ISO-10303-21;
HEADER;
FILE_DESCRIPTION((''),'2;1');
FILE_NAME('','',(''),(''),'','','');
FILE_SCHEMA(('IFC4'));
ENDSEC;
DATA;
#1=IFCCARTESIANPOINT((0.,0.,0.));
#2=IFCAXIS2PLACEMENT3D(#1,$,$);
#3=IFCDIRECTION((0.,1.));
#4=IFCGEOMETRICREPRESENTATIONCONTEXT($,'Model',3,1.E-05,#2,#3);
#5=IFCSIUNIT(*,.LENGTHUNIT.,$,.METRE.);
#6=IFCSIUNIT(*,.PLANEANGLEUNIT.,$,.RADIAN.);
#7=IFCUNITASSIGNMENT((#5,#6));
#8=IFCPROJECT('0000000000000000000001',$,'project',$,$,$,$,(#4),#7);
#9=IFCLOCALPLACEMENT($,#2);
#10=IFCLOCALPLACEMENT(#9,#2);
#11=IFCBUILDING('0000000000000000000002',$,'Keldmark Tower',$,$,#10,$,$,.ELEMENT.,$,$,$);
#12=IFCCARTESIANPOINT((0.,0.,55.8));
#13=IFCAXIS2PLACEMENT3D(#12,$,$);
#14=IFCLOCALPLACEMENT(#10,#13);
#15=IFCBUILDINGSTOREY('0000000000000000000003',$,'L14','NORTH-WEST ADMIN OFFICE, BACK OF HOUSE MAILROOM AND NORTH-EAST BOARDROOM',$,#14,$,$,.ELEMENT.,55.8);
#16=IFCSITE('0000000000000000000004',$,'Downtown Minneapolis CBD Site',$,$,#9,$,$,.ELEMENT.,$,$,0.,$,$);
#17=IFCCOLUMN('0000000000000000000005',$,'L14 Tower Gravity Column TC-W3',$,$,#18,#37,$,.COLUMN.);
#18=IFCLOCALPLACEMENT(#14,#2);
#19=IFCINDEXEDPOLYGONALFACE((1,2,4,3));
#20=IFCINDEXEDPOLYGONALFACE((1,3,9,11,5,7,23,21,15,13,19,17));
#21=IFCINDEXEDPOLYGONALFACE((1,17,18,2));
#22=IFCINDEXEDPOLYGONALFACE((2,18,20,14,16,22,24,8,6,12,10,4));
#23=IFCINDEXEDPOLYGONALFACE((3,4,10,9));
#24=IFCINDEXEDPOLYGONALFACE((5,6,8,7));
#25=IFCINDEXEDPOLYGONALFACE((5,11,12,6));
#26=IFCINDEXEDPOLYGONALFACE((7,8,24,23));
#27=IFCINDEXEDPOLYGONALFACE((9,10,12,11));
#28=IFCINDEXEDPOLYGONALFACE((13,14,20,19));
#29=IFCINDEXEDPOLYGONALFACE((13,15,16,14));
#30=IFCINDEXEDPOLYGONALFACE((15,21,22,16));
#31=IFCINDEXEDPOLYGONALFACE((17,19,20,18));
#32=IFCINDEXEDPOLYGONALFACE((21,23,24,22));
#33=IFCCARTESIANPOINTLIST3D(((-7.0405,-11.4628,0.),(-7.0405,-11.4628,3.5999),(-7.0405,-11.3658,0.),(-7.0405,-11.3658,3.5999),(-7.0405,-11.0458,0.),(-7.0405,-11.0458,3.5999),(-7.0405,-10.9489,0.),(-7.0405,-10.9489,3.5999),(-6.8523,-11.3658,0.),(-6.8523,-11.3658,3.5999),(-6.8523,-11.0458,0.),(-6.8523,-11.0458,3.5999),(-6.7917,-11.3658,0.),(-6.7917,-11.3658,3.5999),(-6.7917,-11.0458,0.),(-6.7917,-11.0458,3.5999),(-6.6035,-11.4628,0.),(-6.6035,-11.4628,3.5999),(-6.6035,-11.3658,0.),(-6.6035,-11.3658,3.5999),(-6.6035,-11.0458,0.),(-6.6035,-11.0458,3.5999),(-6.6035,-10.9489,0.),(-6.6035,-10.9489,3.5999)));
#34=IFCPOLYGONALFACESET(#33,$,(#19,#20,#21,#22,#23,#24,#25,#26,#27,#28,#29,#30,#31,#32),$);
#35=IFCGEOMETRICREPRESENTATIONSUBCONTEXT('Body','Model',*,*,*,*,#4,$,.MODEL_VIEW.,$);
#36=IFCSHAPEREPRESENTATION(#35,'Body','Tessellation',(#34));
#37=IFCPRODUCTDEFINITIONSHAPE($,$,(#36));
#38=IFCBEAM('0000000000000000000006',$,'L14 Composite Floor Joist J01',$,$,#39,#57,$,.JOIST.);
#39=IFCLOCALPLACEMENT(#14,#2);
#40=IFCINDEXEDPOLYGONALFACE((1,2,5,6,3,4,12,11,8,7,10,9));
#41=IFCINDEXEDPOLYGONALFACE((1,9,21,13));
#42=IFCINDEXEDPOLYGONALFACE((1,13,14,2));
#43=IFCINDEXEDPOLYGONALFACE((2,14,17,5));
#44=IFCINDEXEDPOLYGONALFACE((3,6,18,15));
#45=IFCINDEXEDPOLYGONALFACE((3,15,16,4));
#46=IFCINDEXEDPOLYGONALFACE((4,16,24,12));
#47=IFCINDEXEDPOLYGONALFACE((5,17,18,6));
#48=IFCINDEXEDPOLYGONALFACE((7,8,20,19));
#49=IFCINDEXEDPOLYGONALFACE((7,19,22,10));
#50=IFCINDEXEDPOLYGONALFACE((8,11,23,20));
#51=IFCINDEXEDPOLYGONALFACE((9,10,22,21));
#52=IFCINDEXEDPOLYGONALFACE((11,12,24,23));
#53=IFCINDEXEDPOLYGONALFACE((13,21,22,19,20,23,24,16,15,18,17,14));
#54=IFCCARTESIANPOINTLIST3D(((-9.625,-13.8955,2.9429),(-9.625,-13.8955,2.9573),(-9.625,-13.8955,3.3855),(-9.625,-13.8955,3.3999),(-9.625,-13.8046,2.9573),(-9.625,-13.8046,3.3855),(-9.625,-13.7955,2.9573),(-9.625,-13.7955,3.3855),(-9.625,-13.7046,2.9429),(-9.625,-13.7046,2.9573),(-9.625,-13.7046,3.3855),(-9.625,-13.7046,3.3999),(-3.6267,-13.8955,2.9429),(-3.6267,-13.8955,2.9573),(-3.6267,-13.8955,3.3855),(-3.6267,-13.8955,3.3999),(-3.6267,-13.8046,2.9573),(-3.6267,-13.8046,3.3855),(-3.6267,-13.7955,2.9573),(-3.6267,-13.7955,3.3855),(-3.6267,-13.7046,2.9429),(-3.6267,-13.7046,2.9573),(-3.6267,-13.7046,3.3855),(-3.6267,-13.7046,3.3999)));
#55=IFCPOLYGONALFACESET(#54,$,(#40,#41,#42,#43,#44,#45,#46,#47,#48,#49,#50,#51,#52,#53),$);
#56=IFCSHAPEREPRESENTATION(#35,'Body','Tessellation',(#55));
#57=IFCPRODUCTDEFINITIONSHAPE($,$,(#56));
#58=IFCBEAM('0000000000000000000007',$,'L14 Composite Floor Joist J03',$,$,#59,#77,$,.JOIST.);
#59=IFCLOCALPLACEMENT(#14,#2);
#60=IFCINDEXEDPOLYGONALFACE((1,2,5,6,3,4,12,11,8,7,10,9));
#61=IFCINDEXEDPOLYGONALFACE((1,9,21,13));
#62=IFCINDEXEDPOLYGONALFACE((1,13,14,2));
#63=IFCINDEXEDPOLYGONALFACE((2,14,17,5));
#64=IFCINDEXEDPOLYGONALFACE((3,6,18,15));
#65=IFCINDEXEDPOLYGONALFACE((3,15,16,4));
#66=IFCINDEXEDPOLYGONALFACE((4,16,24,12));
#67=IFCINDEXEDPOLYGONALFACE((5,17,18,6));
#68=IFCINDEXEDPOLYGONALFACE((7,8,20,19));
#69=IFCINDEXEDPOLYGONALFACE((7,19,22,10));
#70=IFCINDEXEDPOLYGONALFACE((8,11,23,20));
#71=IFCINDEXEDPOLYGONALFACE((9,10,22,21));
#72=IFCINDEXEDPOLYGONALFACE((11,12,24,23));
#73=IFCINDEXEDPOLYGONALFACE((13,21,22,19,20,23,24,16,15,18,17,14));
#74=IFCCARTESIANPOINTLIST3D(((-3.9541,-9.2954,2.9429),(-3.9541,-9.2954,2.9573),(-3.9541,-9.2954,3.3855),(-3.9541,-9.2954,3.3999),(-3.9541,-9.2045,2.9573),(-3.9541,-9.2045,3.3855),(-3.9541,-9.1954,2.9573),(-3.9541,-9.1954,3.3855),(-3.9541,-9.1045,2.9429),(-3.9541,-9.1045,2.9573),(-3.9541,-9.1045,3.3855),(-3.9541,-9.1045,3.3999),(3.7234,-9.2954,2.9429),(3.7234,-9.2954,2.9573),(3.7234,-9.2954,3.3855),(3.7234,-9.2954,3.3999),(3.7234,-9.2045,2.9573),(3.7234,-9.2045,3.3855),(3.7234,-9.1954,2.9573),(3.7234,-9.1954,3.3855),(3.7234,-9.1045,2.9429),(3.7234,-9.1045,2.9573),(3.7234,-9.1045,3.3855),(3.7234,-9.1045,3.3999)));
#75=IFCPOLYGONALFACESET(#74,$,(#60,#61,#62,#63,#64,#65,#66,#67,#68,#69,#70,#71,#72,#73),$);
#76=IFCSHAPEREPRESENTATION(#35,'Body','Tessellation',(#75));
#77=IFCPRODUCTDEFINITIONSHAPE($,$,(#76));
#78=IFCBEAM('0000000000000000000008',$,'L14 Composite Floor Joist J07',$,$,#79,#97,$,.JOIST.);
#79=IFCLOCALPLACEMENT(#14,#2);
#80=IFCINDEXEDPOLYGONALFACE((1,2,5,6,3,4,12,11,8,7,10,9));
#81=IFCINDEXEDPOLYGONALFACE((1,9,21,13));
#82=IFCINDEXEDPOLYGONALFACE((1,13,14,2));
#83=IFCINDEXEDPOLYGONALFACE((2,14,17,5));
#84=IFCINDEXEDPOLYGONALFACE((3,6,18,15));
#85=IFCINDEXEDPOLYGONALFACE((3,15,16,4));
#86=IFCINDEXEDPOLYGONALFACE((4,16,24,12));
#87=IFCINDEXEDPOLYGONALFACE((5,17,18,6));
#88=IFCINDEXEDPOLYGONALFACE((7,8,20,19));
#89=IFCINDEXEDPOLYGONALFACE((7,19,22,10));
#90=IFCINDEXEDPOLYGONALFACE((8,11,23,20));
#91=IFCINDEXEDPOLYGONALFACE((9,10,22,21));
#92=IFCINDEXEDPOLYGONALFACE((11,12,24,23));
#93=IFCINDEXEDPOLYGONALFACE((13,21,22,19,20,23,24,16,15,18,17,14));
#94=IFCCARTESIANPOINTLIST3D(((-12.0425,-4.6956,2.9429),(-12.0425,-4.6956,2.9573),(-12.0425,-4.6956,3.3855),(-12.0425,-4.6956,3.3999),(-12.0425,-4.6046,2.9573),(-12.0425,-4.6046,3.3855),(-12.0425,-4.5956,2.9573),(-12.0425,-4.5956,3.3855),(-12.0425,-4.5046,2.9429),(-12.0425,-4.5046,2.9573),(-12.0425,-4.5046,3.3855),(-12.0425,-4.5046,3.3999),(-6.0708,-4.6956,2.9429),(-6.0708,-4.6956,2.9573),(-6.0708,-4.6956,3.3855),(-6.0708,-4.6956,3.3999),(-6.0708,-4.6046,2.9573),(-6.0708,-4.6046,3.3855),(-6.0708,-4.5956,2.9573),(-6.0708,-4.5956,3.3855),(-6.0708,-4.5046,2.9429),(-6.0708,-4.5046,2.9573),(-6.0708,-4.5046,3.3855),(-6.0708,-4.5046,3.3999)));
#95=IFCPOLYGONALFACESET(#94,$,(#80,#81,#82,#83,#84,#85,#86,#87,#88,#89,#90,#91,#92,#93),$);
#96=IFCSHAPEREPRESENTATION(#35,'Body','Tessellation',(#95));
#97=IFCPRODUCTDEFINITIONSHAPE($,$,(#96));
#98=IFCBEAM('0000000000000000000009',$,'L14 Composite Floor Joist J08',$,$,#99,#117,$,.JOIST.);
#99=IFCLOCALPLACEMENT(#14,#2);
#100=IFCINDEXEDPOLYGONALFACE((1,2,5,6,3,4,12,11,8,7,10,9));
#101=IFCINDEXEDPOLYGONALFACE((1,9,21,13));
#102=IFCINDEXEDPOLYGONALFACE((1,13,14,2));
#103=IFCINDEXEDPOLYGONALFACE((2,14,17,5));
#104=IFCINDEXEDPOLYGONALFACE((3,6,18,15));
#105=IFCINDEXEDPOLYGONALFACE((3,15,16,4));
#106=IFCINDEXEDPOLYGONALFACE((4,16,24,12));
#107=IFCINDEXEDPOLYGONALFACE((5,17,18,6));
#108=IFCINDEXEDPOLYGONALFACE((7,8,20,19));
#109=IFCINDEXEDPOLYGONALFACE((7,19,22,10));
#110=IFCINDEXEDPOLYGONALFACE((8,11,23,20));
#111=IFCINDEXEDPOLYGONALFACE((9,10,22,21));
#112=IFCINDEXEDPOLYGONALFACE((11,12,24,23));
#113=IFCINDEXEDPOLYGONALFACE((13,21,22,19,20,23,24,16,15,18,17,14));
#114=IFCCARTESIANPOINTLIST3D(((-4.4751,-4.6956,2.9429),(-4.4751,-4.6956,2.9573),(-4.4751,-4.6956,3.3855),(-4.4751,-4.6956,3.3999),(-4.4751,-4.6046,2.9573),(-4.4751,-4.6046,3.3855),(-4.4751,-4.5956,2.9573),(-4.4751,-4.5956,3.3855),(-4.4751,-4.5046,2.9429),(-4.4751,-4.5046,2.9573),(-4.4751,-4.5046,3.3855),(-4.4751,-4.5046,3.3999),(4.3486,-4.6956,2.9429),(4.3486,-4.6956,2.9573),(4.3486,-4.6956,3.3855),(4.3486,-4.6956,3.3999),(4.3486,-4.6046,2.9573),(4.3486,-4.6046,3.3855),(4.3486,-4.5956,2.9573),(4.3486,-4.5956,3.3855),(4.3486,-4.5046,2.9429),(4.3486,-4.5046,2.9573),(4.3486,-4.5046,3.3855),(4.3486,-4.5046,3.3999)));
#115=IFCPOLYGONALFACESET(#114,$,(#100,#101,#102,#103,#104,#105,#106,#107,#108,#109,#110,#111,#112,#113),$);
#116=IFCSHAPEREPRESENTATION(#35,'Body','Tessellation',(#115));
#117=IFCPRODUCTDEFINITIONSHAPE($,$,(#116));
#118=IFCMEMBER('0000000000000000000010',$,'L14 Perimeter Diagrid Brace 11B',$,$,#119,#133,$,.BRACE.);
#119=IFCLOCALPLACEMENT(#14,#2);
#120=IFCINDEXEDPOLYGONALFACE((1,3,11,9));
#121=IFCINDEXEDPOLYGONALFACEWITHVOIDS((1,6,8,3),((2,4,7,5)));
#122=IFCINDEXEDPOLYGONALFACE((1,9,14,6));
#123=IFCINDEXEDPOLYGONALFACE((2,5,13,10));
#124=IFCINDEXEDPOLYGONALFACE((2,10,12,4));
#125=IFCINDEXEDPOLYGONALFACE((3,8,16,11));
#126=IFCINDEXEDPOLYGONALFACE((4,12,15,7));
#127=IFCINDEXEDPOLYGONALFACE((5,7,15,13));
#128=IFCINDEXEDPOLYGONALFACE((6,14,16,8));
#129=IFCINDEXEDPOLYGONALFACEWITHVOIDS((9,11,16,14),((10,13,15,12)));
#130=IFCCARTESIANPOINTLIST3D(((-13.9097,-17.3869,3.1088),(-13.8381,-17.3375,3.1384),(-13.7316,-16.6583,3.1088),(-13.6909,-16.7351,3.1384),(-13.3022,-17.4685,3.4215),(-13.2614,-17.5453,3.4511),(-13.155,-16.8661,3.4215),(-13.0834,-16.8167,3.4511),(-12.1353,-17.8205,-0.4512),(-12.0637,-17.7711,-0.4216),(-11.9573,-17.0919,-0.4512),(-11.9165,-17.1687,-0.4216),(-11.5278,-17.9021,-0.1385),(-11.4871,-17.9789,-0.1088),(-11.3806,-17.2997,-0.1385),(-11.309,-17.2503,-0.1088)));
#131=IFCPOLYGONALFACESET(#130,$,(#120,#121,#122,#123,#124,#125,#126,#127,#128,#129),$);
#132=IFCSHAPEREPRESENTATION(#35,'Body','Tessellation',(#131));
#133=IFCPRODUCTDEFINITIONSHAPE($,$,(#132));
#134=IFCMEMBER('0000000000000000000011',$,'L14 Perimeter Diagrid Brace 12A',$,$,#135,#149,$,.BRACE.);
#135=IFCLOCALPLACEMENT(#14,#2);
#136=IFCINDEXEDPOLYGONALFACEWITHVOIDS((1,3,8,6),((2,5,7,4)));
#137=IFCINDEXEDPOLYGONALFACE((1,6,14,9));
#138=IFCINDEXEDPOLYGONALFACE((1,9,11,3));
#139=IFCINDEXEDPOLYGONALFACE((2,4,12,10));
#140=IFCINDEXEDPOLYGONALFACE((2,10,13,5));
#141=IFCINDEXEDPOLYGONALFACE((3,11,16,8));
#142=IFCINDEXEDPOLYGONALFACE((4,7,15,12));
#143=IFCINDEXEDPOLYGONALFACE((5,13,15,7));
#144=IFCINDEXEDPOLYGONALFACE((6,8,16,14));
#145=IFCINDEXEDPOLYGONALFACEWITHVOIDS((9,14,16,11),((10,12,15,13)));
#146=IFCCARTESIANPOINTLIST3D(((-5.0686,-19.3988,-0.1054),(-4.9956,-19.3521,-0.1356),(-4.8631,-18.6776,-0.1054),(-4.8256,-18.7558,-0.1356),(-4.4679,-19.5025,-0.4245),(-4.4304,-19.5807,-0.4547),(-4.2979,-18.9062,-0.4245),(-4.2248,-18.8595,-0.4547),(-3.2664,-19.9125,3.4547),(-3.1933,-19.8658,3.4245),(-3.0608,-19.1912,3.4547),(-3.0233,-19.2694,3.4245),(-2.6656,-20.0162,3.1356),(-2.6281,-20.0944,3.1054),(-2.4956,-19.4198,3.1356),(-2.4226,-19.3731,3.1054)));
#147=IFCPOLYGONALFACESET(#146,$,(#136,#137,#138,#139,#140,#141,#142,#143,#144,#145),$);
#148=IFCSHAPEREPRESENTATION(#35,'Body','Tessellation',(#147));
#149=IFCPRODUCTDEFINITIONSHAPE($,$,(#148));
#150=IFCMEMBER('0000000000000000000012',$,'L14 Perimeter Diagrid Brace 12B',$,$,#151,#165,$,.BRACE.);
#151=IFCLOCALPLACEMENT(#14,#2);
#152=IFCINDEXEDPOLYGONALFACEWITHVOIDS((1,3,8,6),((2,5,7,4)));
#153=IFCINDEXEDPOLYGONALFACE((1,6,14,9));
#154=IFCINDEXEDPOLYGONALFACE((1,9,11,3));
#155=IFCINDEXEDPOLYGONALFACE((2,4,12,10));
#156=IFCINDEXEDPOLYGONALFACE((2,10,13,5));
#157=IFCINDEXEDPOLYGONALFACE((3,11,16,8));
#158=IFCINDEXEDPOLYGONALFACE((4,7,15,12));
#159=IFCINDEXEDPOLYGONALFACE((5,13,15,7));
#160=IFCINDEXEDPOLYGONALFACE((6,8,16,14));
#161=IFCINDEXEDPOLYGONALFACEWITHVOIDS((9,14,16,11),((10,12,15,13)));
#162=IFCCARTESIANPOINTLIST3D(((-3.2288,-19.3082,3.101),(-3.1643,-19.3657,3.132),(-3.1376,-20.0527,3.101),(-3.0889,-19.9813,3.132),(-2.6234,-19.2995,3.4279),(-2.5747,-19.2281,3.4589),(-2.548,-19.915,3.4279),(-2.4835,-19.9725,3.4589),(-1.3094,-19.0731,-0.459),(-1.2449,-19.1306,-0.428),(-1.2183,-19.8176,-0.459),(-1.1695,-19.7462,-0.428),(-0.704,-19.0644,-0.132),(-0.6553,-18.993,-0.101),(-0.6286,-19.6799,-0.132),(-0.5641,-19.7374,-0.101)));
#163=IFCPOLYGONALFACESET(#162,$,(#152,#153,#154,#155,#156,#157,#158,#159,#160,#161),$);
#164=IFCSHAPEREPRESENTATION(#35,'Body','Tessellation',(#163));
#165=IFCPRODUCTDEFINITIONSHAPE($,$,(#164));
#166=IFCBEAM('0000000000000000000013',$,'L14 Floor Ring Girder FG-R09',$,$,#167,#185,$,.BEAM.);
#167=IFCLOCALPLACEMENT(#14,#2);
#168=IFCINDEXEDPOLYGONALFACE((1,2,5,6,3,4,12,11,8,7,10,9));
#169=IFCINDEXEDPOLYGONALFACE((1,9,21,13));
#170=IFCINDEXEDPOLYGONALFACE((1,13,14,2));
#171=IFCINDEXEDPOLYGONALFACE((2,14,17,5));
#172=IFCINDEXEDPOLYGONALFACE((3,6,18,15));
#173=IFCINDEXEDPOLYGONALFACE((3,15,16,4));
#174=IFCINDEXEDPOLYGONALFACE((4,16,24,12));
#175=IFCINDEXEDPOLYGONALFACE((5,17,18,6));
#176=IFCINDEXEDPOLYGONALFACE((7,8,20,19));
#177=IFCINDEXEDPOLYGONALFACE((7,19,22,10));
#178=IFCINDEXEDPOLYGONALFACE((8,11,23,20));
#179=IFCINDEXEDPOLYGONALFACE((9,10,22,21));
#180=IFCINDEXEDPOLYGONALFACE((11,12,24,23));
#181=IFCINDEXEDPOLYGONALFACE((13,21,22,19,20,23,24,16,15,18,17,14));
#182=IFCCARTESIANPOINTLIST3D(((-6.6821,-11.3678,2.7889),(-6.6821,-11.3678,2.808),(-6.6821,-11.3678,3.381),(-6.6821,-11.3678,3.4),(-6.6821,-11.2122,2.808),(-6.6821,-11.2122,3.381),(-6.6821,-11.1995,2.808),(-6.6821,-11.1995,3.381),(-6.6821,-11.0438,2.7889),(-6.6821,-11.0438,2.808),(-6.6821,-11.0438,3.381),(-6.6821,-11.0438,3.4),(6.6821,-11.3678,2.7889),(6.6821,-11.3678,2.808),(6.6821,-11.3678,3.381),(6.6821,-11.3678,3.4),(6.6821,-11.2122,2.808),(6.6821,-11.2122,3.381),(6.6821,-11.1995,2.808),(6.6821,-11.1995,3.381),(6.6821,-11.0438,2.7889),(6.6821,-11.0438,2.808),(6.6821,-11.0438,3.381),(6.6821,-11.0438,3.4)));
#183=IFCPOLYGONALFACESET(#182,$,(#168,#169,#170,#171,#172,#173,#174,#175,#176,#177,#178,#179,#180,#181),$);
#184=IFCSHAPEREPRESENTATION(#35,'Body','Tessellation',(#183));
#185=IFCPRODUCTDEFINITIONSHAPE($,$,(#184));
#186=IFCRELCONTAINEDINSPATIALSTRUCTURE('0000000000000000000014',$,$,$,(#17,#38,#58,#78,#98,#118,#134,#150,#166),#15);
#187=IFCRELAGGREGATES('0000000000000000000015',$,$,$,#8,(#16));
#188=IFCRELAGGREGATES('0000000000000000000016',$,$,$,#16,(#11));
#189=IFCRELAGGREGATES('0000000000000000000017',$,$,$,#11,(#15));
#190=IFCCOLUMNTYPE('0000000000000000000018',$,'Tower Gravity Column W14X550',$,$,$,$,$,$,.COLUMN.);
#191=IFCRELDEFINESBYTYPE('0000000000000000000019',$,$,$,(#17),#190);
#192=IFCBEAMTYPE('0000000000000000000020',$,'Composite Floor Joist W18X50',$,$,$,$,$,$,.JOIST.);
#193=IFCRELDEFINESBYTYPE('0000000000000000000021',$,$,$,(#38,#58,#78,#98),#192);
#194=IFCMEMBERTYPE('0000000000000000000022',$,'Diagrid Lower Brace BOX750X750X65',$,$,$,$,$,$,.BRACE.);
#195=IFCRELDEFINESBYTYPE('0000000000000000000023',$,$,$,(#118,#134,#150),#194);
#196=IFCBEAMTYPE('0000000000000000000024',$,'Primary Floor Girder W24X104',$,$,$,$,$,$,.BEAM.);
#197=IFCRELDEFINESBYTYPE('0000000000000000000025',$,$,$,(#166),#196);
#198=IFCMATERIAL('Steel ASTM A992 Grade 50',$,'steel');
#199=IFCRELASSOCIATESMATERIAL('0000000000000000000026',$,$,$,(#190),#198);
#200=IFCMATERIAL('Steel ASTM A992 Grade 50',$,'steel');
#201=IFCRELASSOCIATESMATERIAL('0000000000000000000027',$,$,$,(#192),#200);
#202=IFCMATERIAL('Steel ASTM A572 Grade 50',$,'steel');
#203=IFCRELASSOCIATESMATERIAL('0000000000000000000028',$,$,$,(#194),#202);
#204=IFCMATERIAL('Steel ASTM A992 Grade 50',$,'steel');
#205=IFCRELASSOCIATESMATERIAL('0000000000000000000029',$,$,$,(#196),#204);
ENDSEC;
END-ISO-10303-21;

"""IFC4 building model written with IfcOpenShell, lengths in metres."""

from ifc_helpers import new_model, si_unit, direction, frame, origin, origin_2d, place, context, subcontext, project, spatial, hollow_rectangle, i_section, extrude, material, material_profile, profile_set, type_object, element, save


model = new_model("IFC4")

# Units and contexts
model_context = context("Model", 3, precision=1e-05, world=origin(), true_north=direction((0.0, 1.0)))
body_context = subcontext(model_context, "Body", "Model", "MODEL_VIEW")
ifc_project = project(units=[si_unit("LENGTHUNIT", "METRE"), si_unit("PLANEANGLEUNIT", "RADIAN")], contexts=[model_context])

# Site, building, storey
site_placement = place(None, origin())
site = spatial("IfcSite", under=ifc_project, at=site_placement, Name="Downtown Minneapolis CBD Site", CompositionType="ELEMENT", RefElevation=0.0)
building_placement = place(site_placement, origin())
building = spatial("IfcBuilding", under=site, at=building_placement, Name="Keldmark Tower", CompositionType="ELEMENT")
storey_placement = place(building_placement, frame((0.0, 0.0, 55.8)))
storey = spatial("IfcBuildingStorey", under=building, at=storey_placement, Name="L14", Description="NORTH-WEST ADMIN OFFICE, BACK OF HOUSE MAILROOM AND NORTH-EAST BOARDROOM", CompositionType="ELEMENT", Elevation=55.8)

# Column
ifc_material_1 = material(Name="Steel ASTM A992 Grade 50", Category="steel")
ifc_material_profile_1 = material_profile(ifc_material_1, i_section(OverallWidth=0.437, OverallDepth=0.5139, WebThickness=0.0605, FlangeThickness=0.0969, at=origin_2d()), Name="W14X550")
ifc_profile_set_1 = profile_set([ifc_material_profile_1], Name="Steel ASTM A992 Grade 50")
column_type = type_object("IfcColumnType", Name="Tower Gravity Column W14X550", PredefinedType="COLUMN", material=ifc_profile_set_1)
column_placement = place(storey_placement, frame((-6.822, -11.2058, 0.0), z_axis=(0.0, 0.0, 1.0), x_axis=(1.0, 0.0, 0.0)))
element("IfcColumn", 1, at=column_placement, inside=storey, type_object=column_type, Name="L14 Tower Gravity Column TC-W3", PredefinedType="COLUMN", context=body_context, shape_type="SweptSolid", body=[
    extrude(i_section(OverallWidth=0.437, OverallDepth=0.5139, WebThickness=0.0605, FlangeThickness=0.0969, at=origin_2d()), origin(), (0.0, 0.0, 1.0), 3.5999),
])

# Beams
ifc_material_2 = material(Name="Steel ASTM A992 Grade 50", Category="steel")
ifc_material_profile_2 = material_profile(ifc_material_2, i_section(OverallWidth=0.1909, OverallDepth=0.457, WebThickness=0.009, FlangeThickness=0.0144, at=origin_2d()), Name="W18X50")
ifc_profile_set_2 = profile_set([ifc_material_profile_2], Name="Steel ASTM A992 Grade 50")
beam_type_1 = type_object("IfcBeamType", Name="Composite Floor Joist W18X50", PredefinedType="JOIST", material=ifc_profile_set_2)
beam_1_placement = place(storey_placement, frame((-9.625, -13.8, 3.1714), z_axis=(1.0, 0.0, 0.0), x_axis=(0.0, 1.0, 0.0)))
element("IfcBeam", 2, at=beam_1_placement, inside=storey, type_object=beam_type_1, Name="L14 Composite Floor Joist J01", PredefinedType="JOIST", context=body_context, shape_type="SweptSolid", body=[
    extrude(i_section(OverallWidth=0.1909, OverallDepth=0.457, WebThickness=0.009, FlangeThickness=0.0144, at=origin_2d()), origin(), (0.0, 0.0, 1.0), 5.9983),
])
beam_2_placement = place(storey_placement, frame((-3.9541, -9.2, 3.1714), z_axis=(1.0, 0.0, 0.0), x_axis=(0.0, 1.0, 0.0)))
element("IfcBeam", 3, at=beam_2_placement, inside=storey, type_object=beam_type_1, Name="L14 Composite Floor Joist J03", PredefinedType="JOIST", context=body_context, shape_type="SweptSolid", body=[
    extrude(i_section(OverallWidth=0.1909, OverallDepth=0.457, WebThickness=0.009, FlangeThickness=0.0144, at=origin_2d()), origin(), (0.0, 0.0, 1.0), 7.6775),
])
beam_3_placement = place(storey_placement, frame((-12.0425, -4.6001, 3.1714), z_axis=(1.0, 0.0, 0.0), x_axis=(0.0, 1.0, 0.0)))
element("IfcBeam", 4, at=beam_3_placement, inside=storey, type_object=beam_type_1, Name="L14 Composite Floor Joist J07", PredefinedType="JOIST", context=body_context, shape_type="SweptSolid", body=[
    extrude(i_section(OverallWidth=0.1909, OverallDepth=0.457, WebThickness=0.009, FlangeThickness=0.0144, at=origin_2d()), origin(), (0.0, 0.0, 1.0), 5.9717),
])
beam_4_placement = place(storey_placement, frame((-4.4751, -4.6001, 3.1714), z_axis=(1.0, 0.0, 0.0), x_axis=(0.0, 1.0, 0.0)))
element("IfcBeam", 5, at=beam_4_placement, inside=storey, type_object=beam_type_1, Name="L14 Composite Floor Joist J08", PredefinedType="JOIST", context=body_context, shape_type="SweptSolid", body=[
    extrude(i_section(OverallWidth=0.1909, OverallDepth=0.457, WebThickness=0.009, FlangeThickness=0.0144, at=origin_2d()), origin(), (0.0, 0.0, 1.0), 8.8237),
])

# Members
ifc_material_3 = material(Name="Steel ASTM A572 Grade 50", Category="steel")
ifc_material_profile_3 = material_profile(ifc_material_3, hollow_rectangle(XDim=0.75, YDim=0.75, WallThickness=0.0649, at=origin_2d()), Name="BOX750X750X65")
ifc_profile_set_3 = profile_set([ifc_material_profile_3], Name="Steel ASTM A572 Grade 50")
member_type = type_object("IfcMemberType", Name="Diagrid Lower Brace BOX750X750X65", PredefinedType="BRACE", material=ifc_profile_set_3)
member_1_placement = place(storey_placement, frame((-11.7222, -17.5354, -0.28), z_axis=(-0.443457, 0.108363, 0.889721), x_axis=(-0.237375, -0.971418, 0.0)))
element("IfcMember", 6, at=member_1_placement, inside=storey, type_object=member_type, Name="L14 Perimeter Diagrid Brace 11B", PredefinedType="BRACE", context=body_context, shape_type="SweptSolid", body=[
    extrude(hollow_rectangle(XDim=0.75, YDim=0.75, WallThickness=0.0649, at=origin_2d()), origin(), (0.0, 0.0, 1.0), 4.0012),
])
member_2_placement = place(storey_placement, frame((-4.6467, -19.1292, -0.28), z_axis=(0.447966, -0.127678, 0.884887), x_axis=(0.274102, 0.961701, 0.0)))
element("IfcMember", 7, at=member_2_placement, inside=storey, type_object=member_type, Name="L14 Perimeter Diagrid Brace 12A", PredefinedType="BRACE", context=body_context, shape_type="SweptSolid", body=[
    extrude(hollow_rectangle(XDim=0.75, YDim=0.75, WallThickness=0.0649, at=origin_2d()), origin(), (0.0, 0.0, 1.0), 4.0232),
])
member_3_placement = place(storey_placement, frame((-0.9368, -19.4053, -0.28), z_axis=(-0.473775, -0.058032, 0.878732), x_axis=(0.121579, -0.992582, 0.0)))
element("IfcMember", 8, at=member_3_placement, inside=storey, type_object=member_type, Name="L14 Perimeter Diagrid Brace 12B", PredefinedType="BRACE", context=body_context, shape_type="SweptSolid", body=[
    extrude(hollow_rectangle(XDim=0.75, YDim=0.75, WallThickness=0.0649, at=origin_2d()), origin(), (0.0, 0.0, 1.0), 4.0513),
])

# Beam
ifc_material_4 = material(Name="Steel ASTM A992 Grade 50", Category="steel")
ifc_material_profile_4 = material_profile(ifc_material_4, i_section(OverallWidth=0.324, OverallDepth=0.6111, WebThickness=0.0127, FlangeThickness=0.019, at=origin_2d()), Name="W24X104")
ifc_profile_set_4 = profile_set([ifc_material_profile_4], Name="Steel ASTM A992 Grade 50")
beam_type_2 = type_object("IfcBeamType", Name="Primary Floor Girder W24X104", PredefinedType="BEAM", material=ifc_profile_set_4)
beam_5_placement = place(storey_placement, frame((-6.6821, -11.2058, 3.0945), z_axis=(1.0, 0.0, 0.0), x_axis=(0.0, 1.0, 0.0)))
element("IfcBeam", 9, at=beam_5_placement, inside=storey, type_object=beam_type_2, Name="L14 Floor Ring Girder FG-R09", PredefinedType="BEAM", context=body_context, shape_type="SweptSolid", body=[
    extrude(i_section(OverallWidth=0.324, OverallDepth=0.6111, WebThickness=0.0127, FlangeThickness=0.019, at=origin_2d()), origin(), (0.0, 0.0, 1.0), 13.3643),
])

save(model, "model.ifc")
